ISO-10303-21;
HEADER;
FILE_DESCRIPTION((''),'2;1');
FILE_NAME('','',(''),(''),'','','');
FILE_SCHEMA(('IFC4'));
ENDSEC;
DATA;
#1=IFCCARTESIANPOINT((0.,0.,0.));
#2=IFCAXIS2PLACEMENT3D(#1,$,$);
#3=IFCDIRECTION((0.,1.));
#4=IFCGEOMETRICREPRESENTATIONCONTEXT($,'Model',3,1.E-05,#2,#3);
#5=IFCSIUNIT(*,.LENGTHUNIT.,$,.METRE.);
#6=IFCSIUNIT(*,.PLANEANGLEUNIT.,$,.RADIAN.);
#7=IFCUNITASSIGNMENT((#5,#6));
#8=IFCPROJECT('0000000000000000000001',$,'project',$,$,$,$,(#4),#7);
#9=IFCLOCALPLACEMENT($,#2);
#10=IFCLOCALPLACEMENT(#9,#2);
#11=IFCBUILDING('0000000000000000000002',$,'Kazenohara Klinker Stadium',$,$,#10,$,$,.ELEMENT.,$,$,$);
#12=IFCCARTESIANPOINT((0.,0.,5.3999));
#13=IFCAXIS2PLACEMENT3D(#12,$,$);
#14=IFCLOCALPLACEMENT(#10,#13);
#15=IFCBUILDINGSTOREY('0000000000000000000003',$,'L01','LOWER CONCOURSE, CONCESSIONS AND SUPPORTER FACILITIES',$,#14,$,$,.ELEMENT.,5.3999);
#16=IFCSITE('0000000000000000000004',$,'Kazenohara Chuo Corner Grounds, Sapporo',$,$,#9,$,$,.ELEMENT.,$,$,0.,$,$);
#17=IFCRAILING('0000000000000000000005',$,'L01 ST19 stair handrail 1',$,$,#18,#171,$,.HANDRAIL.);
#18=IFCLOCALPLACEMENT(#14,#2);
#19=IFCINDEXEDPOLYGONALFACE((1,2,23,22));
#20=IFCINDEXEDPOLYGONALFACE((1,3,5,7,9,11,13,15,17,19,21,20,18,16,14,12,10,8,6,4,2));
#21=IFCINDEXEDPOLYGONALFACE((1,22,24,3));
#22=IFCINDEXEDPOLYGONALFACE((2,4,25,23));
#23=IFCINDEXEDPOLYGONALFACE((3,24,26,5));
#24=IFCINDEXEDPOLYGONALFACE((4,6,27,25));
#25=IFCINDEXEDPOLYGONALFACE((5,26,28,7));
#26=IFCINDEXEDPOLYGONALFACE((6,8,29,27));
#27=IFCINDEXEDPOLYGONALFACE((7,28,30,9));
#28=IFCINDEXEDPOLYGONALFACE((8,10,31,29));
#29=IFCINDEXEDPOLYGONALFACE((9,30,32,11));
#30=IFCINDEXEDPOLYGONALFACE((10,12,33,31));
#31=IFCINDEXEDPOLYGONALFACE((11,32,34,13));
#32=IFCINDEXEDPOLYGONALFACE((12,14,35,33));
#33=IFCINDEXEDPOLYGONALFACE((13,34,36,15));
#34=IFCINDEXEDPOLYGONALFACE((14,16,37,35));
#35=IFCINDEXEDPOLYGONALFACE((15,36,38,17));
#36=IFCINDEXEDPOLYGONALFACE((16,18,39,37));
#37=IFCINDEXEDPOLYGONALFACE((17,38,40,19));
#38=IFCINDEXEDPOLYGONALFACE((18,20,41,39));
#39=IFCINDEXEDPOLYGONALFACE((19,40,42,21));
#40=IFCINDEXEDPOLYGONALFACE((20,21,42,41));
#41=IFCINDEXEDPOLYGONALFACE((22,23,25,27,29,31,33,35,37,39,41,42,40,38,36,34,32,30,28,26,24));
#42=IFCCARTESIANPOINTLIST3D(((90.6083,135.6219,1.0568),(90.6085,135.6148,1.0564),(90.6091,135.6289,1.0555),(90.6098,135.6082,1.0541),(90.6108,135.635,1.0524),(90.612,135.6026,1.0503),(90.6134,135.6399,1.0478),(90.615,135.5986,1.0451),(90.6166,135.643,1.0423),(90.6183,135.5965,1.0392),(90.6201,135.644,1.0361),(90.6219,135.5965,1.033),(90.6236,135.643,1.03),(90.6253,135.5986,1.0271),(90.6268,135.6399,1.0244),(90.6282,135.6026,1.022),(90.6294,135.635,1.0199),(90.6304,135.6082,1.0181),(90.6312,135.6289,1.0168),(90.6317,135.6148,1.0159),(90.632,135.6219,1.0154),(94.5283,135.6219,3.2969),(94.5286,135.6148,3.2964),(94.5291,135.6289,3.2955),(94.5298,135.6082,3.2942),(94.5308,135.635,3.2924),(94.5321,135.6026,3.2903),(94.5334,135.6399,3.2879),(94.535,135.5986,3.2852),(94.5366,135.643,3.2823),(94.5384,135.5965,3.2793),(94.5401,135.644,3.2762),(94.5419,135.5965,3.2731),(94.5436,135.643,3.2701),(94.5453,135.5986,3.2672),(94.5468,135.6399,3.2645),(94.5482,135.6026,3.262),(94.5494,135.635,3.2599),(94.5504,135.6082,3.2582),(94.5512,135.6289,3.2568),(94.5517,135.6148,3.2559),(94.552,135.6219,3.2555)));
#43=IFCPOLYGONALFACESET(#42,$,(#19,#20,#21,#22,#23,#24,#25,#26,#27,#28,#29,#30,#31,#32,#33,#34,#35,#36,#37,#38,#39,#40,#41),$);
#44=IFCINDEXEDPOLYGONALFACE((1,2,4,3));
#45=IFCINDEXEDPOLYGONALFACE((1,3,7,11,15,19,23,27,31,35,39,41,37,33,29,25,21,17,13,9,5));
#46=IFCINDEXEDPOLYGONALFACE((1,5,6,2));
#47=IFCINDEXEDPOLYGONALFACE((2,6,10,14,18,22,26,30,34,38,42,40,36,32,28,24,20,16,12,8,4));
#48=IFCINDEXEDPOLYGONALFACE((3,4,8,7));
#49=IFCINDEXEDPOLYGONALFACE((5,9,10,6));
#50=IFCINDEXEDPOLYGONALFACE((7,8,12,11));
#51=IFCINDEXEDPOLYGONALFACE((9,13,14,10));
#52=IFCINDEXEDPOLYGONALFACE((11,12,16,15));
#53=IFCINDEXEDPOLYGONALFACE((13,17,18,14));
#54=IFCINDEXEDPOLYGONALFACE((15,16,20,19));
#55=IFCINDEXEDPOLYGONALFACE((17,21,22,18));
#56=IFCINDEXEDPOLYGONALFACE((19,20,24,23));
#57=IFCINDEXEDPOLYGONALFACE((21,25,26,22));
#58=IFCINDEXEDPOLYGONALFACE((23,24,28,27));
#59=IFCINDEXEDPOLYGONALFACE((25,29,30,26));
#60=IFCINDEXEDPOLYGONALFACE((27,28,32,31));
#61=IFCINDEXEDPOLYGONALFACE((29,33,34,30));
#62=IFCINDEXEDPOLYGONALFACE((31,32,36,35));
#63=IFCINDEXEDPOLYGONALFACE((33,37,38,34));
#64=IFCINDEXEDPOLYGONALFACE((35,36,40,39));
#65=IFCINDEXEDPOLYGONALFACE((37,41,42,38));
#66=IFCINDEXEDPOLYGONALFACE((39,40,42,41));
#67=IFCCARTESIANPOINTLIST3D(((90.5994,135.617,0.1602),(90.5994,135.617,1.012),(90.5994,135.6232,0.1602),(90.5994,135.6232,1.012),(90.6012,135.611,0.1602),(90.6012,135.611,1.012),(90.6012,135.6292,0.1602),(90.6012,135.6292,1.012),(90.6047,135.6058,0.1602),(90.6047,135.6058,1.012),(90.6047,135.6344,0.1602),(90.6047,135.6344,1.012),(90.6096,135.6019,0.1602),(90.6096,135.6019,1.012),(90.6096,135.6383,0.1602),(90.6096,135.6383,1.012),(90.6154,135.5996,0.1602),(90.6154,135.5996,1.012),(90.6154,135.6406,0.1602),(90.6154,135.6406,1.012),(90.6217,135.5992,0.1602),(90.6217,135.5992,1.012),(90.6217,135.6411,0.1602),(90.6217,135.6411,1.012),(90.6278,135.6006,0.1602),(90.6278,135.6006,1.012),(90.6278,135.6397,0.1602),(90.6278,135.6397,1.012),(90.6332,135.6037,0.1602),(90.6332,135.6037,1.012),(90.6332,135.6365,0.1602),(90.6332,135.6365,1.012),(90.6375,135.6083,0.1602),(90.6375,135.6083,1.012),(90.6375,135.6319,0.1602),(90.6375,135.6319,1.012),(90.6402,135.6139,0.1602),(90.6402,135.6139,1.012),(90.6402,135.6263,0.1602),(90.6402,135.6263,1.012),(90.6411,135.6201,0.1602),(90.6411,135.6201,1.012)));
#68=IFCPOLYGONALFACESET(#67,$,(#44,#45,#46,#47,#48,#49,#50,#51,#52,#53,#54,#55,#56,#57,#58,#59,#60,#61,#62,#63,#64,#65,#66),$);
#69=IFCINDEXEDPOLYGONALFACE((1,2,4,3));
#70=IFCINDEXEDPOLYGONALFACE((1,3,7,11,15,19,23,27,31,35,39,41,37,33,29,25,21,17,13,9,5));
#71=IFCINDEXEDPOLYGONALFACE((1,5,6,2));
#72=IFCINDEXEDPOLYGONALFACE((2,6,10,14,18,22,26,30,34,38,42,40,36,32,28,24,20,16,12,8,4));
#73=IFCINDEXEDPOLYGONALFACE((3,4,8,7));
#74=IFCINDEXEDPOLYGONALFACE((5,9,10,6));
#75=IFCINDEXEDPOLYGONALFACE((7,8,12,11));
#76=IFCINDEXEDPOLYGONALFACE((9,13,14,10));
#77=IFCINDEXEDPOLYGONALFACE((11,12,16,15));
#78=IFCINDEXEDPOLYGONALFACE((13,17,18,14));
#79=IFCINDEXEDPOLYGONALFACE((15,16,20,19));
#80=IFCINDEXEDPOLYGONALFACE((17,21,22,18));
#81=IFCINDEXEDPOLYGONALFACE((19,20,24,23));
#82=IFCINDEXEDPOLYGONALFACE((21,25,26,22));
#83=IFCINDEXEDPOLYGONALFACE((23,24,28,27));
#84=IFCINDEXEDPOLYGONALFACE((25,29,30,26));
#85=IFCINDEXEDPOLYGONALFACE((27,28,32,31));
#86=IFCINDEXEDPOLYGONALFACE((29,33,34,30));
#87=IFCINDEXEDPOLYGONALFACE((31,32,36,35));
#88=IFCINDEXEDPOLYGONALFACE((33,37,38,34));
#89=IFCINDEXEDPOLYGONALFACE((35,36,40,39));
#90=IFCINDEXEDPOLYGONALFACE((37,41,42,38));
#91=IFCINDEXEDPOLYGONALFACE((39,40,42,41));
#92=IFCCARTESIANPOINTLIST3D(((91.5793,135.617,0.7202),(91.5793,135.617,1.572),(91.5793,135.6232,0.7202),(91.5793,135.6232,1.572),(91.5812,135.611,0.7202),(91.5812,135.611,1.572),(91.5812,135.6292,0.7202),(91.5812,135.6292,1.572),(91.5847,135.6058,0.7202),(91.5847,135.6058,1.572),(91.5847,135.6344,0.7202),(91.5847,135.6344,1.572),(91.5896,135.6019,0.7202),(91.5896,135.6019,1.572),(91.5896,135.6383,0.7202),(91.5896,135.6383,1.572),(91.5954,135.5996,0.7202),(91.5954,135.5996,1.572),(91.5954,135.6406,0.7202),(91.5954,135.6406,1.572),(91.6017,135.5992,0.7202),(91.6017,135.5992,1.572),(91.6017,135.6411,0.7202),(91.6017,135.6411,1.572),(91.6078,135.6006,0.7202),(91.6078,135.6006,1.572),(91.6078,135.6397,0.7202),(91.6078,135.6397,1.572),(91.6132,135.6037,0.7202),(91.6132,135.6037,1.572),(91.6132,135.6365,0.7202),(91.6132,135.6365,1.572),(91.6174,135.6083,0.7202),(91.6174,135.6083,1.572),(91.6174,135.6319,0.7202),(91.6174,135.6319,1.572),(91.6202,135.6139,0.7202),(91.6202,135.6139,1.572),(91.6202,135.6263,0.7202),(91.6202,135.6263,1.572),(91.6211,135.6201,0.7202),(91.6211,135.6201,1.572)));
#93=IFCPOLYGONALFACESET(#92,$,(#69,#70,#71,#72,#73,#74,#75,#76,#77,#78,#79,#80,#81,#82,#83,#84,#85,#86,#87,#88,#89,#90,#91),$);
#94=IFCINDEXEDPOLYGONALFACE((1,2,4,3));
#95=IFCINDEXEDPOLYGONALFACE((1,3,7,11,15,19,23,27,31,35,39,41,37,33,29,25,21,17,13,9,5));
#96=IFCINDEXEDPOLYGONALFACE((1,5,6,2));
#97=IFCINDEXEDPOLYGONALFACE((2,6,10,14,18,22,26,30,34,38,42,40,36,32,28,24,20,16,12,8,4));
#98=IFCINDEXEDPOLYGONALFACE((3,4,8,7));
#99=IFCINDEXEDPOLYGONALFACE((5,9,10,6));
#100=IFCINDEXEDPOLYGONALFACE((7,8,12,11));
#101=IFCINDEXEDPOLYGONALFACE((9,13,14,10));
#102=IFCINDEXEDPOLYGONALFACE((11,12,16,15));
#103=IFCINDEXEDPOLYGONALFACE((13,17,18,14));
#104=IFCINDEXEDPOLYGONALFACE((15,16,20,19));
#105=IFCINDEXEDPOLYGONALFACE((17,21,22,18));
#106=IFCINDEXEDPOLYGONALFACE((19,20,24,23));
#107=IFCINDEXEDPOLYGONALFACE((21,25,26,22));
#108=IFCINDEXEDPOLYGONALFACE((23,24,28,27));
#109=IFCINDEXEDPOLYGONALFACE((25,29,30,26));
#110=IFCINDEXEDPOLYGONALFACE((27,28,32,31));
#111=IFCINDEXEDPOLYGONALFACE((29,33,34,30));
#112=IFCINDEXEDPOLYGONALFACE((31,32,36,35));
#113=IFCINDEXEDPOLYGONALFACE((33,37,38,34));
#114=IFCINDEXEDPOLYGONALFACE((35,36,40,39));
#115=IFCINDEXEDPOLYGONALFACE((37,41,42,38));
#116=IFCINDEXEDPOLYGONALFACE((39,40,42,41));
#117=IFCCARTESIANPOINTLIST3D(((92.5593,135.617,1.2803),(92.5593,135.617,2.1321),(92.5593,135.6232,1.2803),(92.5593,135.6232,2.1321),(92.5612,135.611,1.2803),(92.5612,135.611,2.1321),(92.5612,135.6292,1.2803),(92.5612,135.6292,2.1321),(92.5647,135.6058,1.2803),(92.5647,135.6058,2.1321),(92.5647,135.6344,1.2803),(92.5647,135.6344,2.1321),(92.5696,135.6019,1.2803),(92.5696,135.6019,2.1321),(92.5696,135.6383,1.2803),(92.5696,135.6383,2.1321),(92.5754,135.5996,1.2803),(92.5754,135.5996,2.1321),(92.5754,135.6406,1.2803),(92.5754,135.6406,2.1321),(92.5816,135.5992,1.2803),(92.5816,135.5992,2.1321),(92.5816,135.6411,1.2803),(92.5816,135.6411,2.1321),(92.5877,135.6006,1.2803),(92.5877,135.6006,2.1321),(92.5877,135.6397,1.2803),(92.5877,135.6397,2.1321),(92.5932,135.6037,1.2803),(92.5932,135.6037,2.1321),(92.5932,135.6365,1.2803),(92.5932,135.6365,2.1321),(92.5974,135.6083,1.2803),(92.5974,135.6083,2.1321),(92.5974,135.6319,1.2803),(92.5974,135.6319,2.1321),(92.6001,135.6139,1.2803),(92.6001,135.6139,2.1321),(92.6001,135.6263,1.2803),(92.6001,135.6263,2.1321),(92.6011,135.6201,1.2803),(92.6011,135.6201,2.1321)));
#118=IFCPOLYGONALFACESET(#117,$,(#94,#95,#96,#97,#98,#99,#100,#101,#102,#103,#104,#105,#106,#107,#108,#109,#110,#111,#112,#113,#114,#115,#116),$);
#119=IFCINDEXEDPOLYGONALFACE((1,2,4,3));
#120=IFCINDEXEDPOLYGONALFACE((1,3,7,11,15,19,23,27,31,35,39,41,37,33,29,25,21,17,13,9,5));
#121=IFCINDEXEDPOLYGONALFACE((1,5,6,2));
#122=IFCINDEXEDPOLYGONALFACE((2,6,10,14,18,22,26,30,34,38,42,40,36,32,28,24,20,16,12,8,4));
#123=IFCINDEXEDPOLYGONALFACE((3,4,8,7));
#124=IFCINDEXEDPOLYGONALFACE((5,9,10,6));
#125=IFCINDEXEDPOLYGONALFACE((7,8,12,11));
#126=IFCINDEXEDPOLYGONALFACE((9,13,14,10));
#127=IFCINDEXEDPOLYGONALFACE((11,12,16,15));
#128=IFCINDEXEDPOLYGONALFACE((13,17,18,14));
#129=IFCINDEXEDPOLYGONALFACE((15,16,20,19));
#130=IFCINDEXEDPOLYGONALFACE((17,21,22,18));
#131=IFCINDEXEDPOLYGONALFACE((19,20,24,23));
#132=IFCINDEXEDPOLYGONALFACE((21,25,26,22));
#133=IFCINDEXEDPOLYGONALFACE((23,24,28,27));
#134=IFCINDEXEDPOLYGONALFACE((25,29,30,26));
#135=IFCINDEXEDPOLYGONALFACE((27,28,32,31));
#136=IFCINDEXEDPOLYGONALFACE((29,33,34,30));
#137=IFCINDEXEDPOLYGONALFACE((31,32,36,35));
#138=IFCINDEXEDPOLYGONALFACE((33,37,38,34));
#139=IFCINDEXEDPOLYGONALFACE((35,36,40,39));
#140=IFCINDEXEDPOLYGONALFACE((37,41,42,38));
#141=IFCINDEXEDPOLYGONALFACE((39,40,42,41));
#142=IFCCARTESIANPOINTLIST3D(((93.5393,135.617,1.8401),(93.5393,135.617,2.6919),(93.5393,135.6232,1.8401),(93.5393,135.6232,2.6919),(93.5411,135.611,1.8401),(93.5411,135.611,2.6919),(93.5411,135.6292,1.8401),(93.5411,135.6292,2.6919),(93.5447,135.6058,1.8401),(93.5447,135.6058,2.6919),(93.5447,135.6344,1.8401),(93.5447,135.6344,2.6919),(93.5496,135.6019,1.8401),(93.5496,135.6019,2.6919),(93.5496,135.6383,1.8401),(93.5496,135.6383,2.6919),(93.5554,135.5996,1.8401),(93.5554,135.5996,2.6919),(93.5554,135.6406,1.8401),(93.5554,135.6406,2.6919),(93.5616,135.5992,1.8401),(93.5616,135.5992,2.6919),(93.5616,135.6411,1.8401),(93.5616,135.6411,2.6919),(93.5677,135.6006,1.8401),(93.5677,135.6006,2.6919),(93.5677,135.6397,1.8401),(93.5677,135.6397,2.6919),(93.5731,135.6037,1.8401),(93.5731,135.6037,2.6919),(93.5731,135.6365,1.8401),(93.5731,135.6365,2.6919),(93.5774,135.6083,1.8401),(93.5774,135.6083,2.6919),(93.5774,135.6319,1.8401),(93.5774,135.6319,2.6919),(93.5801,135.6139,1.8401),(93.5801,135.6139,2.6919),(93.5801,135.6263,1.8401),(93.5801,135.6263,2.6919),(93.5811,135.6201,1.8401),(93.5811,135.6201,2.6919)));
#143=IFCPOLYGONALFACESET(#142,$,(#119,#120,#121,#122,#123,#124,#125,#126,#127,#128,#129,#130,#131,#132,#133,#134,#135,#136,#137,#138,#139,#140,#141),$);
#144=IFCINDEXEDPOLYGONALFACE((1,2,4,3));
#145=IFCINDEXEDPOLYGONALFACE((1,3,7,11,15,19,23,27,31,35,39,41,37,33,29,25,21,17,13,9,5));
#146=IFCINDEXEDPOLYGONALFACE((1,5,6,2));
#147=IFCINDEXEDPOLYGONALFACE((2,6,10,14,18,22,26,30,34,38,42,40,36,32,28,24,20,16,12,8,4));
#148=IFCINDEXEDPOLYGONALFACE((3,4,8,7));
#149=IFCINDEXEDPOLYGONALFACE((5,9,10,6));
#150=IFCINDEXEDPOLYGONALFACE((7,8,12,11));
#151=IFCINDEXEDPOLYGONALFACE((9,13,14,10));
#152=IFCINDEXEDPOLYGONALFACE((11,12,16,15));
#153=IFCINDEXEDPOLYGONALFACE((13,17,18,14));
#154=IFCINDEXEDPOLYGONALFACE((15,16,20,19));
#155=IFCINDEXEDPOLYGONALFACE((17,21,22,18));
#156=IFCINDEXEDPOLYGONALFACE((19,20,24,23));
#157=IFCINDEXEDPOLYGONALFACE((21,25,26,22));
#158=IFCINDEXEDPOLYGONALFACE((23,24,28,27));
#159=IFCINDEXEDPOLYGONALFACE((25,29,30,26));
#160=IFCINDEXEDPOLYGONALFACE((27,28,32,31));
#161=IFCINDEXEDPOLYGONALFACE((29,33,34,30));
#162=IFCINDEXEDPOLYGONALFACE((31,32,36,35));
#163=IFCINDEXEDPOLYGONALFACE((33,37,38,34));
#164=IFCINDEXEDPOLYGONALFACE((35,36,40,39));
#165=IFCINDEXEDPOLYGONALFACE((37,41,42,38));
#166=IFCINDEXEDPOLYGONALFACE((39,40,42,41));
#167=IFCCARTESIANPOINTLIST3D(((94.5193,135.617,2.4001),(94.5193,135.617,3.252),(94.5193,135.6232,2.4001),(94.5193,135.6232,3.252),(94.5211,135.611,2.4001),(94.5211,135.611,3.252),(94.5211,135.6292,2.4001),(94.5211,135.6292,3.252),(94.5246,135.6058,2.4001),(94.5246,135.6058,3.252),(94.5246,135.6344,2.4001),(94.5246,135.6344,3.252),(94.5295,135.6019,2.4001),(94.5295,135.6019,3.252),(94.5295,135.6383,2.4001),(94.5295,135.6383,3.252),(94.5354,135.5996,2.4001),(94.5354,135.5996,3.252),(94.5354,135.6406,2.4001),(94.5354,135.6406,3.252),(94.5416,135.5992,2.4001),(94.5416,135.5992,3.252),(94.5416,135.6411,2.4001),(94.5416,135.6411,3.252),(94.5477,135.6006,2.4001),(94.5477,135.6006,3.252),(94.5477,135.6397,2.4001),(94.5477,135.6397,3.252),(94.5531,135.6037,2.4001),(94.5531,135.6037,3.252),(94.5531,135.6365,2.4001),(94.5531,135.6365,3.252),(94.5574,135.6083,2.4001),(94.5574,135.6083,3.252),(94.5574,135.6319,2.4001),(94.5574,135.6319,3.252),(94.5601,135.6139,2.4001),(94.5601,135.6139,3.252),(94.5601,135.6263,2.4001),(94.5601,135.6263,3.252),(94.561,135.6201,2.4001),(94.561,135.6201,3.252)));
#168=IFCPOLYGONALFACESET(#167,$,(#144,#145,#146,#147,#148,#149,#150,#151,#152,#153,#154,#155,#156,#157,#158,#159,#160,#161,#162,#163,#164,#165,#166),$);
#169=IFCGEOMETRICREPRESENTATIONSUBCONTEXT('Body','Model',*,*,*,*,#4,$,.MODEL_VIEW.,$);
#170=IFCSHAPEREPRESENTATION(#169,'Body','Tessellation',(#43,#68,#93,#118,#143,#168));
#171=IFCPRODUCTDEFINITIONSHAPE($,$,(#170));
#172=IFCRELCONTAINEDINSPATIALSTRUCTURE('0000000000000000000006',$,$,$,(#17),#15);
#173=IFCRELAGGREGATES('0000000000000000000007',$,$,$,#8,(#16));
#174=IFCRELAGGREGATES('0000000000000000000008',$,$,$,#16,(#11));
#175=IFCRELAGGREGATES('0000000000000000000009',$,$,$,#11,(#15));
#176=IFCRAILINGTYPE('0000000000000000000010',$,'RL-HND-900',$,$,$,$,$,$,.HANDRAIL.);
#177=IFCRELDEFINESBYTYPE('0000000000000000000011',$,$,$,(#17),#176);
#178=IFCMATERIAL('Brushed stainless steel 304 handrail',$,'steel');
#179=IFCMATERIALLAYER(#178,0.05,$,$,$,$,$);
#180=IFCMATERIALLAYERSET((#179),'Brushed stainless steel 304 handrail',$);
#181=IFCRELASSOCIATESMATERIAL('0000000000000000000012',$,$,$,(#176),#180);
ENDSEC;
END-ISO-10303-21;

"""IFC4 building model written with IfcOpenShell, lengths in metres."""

from ifc_helpers import new_model, si_unit, direction, frame, origin, origin_2d, place, context, subcontext, project, spatial, circle, extrude, material, layer, layer_set, type_object, element, save


model = new_model("IFC4")

# Units and contexts
model_context = context("Model", 3, precision=1e-05, world=origin(), true_north=direction((0.0, 1.0)))
body_context = subcontext(model_context, "Body", "Model", "MODEL_VIEW")
ifc_project = project(units=[si_unit("LENGTHUNIT", "METRE"), si_unit("PLANEANGLEUNIT", "RADIAN")], contexts=[model_context])

# Site, building, storey
site_placement = place(None, origin())
site = spatial("IfcSite", under=ifc_project, at=site_placement, Name="Kazenohara Chuo Corner Grounds, Sapporo", CompositionType="ELEMENT", RefElevation=0.0)
building_placement = place(site_placement, origin())
building = spatial("IfcBuilding", under=site, at=building_placement, Name="Kazenohara Klinker Stadium", CompositionType="ELEMENT")
storey_placement = place(building_placement, frame((0.0, 0.0, 5.3999)))
storey = spatial("IfcBuildingStorey", under=building, at=storey_placement, Name="L01", Description="LOWER CONCOURSE, CONCESSIONS AND SUPPORTER FACILITIES", CompositionType="ELEMENT", Elevation=5.3999)

# Railing
ifc_material_1 = material(Name="Brushed stainless steel 304 handrail", Category="steel")
ifc_layer_1 = layer(ifc_material_1, 0.05)
ifc_layer_set_1 = layer_set([ifc_layer_1], Name="Brushed stainless steel 304 handrail")
railing_type_1 = type_object("IfcRailingType", Name="RL-HND-900", PredefinedType="HANDRAIL", material=ifc_layer_set_1)
railing_1_placement = place(storey_placement, frame((90.6201, 135.6201, 0.1602)))
element("IfcRailing", 1, at=railing_1_placement, inside=storey, type_object=railing_type_1, Name="L01 ST19 stair handrail 1", PredefinedType="HANDRAIL", context=body_context, shape_type="SweptSolid", body=[
    extrude(circle(Radius=0.0239, at=origin_2d()), frame((0.0, 0.0, 0.876), z_axis=(0.86824, 0.0, 0.496145), x_axis=(0.0, 1.0, 0.0)), (0.0, 0.0, 1.0), 4.5149),
    extrude(circle(Radius=0.021, at=origin_2d()), origin(), (0.0, 0.0, 1.0), 0.8518),
    extrude(circle(Radius=0.021, at=origin_2d()), frame((0.98, 0.0, 0.5601)), (0.0, 0.0, 1.0), 0.8518),
    extrude(circle(Radius=0.021, at=origin_2d()), frame((1.96, 0.0, 1.1201)), (0.0, 0.0, 1.0), 0.8518),
    extrude(circle(Radius=0.021, at=origin_2d()), frame((2.9399, 0.0, 1.6799)), (0.0, 0.0, 1.0), 0.8518),
    extrude(circle(Radius=0.021, at=origin_2d()), frame((3.9199, 0.0, 2.24)), (0.0, 0.0, 1.0), 0.8518),
])

save(model, "model.ifc")
